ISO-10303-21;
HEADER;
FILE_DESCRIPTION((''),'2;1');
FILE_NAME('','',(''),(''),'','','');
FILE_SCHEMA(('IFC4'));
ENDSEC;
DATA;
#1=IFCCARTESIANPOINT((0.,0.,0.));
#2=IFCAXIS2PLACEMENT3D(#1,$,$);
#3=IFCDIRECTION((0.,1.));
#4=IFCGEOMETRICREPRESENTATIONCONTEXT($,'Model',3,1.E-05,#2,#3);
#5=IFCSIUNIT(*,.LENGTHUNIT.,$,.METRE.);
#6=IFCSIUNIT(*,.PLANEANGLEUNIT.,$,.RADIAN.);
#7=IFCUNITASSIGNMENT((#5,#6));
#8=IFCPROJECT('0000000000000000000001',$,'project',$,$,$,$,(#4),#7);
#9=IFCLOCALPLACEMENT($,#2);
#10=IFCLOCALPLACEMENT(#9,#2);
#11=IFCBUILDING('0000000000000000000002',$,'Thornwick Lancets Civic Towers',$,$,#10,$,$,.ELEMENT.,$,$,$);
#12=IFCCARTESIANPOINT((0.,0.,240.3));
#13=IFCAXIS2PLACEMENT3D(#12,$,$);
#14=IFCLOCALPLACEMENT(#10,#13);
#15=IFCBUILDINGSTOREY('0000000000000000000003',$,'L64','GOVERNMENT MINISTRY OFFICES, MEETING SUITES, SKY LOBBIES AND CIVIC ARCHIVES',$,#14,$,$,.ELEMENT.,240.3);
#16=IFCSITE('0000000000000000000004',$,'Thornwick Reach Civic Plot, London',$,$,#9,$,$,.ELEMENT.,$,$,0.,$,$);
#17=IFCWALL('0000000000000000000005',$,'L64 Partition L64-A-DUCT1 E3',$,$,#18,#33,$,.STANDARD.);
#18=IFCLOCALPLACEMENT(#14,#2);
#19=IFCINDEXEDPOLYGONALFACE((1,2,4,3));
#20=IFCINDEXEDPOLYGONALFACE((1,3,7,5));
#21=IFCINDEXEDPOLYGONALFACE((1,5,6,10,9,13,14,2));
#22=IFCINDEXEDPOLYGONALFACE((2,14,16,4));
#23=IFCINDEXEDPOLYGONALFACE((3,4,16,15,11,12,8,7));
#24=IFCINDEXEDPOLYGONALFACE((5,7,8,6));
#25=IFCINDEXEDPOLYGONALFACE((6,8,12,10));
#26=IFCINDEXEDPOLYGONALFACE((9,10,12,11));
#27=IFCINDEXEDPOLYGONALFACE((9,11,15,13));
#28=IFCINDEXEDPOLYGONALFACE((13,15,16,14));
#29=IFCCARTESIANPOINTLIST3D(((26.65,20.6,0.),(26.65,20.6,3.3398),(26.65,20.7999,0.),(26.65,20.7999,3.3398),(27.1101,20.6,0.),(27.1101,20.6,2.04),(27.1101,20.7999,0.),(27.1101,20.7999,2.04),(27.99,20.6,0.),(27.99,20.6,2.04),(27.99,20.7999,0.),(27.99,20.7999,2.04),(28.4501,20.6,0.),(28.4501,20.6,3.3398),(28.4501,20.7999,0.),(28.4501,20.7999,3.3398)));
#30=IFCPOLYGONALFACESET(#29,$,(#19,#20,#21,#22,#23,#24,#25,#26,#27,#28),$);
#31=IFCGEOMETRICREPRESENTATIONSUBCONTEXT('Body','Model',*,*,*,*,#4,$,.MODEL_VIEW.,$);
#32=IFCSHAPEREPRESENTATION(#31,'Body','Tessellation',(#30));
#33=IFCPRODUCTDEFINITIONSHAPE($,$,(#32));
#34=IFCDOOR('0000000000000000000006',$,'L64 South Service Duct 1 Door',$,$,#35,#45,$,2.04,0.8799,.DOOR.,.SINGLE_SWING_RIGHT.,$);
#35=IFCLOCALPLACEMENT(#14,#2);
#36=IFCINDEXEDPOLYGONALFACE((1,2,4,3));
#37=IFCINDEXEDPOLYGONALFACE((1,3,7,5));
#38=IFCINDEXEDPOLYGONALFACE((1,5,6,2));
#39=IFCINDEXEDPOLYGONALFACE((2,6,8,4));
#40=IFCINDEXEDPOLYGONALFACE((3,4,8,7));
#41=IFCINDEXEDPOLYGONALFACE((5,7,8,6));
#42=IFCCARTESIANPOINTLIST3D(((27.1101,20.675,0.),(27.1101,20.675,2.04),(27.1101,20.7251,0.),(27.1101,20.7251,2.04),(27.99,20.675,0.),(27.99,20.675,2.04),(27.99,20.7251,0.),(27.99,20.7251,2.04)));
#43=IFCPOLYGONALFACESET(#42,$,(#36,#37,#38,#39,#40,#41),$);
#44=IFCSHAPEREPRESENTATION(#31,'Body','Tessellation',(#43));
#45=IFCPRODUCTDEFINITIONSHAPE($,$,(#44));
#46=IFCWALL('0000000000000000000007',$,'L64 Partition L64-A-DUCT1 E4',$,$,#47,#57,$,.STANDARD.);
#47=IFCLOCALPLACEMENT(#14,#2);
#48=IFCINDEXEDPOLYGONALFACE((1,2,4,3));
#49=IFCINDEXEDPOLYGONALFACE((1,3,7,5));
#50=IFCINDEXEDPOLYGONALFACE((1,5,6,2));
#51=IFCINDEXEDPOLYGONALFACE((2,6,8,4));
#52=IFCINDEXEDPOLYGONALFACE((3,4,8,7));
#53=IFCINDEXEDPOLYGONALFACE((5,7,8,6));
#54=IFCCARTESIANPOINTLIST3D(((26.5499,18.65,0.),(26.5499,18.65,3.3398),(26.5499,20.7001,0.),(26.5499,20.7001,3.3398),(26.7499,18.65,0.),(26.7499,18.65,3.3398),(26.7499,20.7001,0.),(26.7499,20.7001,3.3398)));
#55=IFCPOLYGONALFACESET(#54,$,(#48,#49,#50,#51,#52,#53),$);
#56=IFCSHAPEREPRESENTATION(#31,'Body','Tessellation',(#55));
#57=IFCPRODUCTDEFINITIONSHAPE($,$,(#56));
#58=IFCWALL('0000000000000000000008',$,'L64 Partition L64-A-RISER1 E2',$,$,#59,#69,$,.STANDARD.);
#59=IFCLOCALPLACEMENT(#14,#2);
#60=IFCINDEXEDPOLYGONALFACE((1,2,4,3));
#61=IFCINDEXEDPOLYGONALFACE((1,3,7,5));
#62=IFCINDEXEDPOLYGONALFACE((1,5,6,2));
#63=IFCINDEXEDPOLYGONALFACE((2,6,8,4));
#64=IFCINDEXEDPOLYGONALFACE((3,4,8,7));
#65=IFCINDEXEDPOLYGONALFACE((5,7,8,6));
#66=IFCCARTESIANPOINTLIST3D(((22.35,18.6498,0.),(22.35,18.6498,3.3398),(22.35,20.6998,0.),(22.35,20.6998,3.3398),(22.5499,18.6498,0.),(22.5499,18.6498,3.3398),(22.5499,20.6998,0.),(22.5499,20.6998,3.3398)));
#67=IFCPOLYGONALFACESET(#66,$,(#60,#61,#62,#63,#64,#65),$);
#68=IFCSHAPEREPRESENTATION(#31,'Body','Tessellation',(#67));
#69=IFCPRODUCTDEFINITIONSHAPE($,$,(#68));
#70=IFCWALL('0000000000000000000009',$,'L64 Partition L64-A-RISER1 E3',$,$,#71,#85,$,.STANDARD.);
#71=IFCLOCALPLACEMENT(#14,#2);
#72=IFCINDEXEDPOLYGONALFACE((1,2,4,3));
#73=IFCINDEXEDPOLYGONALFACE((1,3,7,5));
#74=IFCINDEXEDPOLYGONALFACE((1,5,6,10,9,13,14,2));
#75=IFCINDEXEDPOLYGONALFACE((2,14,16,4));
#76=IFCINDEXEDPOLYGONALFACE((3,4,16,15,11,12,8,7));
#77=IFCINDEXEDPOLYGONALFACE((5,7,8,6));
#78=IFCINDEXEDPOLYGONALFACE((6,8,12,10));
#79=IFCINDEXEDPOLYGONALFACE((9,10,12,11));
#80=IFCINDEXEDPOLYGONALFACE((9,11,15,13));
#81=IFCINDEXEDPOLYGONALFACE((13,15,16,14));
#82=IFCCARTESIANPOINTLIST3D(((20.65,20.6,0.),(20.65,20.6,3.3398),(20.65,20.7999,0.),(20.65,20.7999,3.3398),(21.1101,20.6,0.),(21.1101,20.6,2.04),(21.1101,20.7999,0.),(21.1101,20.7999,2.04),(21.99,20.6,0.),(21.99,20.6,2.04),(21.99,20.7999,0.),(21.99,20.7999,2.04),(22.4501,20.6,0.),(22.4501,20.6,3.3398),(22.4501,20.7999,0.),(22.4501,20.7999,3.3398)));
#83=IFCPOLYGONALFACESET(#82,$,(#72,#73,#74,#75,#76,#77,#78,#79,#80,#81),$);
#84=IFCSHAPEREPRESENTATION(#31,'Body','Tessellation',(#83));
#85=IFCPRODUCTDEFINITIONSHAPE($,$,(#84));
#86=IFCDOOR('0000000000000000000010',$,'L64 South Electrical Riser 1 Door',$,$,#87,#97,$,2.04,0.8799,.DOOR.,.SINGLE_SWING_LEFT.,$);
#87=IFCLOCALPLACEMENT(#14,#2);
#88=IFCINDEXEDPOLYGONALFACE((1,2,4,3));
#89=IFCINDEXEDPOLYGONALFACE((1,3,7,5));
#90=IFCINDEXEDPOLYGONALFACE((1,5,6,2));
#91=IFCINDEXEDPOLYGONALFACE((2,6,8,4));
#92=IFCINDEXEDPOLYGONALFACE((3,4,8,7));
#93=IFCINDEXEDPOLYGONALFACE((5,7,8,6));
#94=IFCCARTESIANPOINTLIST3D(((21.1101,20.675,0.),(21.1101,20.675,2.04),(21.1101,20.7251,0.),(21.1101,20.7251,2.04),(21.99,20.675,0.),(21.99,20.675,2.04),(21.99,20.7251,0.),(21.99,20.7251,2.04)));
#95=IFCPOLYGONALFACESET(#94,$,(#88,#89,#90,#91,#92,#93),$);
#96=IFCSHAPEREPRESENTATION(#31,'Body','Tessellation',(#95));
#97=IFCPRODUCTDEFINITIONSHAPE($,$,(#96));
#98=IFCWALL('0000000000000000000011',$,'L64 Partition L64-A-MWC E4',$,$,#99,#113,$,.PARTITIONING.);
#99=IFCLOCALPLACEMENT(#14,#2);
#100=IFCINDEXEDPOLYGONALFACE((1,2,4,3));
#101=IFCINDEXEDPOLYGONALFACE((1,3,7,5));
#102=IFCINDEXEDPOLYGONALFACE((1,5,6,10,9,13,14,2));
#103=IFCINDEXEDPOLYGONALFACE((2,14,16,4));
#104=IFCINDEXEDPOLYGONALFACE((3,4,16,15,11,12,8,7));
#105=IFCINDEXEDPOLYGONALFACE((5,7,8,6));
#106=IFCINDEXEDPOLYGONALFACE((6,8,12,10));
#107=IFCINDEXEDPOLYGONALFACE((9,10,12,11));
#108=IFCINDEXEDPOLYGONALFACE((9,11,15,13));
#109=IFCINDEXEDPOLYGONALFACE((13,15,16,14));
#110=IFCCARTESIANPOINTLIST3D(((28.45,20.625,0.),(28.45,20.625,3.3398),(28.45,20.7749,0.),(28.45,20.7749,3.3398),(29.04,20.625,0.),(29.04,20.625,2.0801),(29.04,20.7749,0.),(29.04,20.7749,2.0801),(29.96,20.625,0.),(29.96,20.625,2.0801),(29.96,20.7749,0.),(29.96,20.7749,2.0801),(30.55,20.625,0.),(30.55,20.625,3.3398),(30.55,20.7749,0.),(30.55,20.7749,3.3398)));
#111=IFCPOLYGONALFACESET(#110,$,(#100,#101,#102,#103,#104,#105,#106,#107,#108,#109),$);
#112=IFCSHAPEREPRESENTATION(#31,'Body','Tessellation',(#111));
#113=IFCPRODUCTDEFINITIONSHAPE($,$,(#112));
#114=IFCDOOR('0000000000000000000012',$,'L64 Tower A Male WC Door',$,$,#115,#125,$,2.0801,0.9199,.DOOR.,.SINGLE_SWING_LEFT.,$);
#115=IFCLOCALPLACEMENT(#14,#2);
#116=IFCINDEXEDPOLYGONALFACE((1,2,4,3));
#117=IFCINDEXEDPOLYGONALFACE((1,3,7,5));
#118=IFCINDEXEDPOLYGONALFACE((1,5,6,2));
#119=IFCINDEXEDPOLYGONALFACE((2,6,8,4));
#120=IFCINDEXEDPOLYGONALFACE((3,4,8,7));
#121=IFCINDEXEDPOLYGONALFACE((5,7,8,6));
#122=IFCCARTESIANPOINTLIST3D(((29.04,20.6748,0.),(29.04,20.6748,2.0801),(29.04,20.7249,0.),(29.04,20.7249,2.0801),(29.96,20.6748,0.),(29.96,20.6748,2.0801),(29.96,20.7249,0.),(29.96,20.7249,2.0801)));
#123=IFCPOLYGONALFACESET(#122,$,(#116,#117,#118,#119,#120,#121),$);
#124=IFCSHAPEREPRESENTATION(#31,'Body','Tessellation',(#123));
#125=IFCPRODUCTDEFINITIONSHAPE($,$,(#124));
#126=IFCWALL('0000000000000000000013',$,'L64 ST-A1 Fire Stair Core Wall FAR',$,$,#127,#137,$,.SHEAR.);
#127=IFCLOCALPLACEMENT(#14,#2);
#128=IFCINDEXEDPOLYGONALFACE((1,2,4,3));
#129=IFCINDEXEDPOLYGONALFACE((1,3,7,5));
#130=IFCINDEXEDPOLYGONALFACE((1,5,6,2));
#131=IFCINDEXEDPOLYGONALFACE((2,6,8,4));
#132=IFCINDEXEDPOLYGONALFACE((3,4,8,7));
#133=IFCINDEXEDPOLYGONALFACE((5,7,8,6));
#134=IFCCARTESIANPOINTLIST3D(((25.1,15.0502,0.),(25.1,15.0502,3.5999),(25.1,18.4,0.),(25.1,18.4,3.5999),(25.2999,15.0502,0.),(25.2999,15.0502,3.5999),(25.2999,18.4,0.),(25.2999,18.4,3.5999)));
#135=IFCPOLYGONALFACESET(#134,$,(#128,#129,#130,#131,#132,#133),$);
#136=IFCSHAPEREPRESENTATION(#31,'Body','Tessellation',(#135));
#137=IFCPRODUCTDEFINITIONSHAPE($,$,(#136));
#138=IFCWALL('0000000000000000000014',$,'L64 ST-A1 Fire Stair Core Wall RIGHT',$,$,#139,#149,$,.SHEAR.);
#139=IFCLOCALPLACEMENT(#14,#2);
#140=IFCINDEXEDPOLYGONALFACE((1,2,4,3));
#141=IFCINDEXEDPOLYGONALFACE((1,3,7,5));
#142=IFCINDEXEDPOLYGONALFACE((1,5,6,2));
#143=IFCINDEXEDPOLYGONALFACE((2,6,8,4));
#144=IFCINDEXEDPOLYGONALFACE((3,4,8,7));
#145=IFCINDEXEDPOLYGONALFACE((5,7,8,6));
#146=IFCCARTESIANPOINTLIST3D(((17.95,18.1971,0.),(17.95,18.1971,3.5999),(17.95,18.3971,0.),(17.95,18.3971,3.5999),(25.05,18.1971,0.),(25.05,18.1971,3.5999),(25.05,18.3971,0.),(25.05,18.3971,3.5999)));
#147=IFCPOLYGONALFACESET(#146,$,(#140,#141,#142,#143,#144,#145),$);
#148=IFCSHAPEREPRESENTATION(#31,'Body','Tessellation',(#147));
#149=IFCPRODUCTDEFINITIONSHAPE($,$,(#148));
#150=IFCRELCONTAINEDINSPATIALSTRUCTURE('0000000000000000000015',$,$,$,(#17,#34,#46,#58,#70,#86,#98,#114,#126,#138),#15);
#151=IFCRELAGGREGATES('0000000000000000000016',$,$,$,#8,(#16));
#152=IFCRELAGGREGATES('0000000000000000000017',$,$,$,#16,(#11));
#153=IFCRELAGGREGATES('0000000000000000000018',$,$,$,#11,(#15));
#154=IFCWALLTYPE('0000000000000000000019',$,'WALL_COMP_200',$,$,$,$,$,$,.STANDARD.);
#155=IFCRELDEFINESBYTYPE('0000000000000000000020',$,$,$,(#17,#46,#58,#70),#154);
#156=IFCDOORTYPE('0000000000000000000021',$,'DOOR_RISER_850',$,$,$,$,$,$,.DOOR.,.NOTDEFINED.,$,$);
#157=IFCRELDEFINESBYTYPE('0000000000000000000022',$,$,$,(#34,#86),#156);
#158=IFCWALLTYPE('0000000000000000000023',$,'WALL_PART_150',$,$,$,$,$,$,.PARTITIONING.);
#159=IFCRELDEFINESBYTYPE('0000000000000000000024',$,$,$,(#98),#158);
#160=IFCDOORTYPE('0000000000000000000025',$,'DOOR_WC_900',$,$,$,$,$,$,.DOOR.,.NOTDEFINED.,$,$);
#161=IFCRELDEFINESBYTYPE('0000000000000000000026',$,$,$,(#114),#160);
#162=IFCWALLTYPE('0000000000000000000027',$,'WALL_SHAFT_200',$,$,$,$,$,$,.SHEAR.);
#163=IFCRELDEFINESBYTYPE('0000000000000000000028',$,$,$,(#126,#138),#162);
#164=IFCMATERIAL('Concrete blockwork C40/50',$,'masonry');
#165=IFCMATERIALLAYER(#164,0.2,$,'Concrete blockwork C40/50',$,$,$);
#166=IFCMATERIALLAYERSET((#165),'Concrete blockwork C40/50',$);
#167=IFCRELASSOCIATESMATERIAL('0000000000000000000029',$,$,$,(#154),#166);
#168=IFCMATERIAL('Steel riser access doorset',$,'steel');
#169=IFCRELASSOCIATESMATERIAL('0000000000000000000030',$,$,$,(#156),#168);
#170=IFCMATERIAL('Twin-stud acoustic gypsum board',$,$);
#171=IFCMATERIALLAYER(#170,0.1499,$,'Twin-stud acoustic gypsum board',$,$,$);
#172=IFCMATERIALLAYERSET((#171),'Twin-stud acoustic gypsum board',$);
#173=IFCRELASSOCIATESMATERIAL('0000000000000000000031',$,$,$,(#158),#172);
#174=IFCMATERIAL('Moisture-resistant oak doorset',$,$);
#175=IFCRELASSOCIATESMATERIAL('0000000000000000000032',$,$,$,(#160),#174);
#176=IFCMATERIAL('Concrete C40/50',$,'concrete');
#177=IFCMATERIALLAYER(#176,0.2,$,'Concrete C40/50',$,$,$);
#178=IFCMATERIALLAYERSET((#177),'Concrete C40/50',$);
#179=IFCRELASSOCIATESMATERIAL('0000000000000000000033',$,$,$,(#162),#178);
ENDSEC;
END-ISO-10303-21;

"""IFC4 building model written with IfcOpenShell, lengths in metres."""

from ifc_helpers import new_model, si_unit, direction, frame, frame_2d, origin, place, context, subcontext, project, spatial, rectangle, extrude, material, layer, layer_set, type_object, element, fill, save


model = new_model("IFC4")

# Units and contexts
model_context = context("Model", 3, precision=1e-05, world=origin(), true_north=direction((0.0, 1.0)))
body_context = subcontext(model_context, "Body", "Model", "MODEL_VIEW")
ifc_project = project(units=[si_unit("LENGTHUNIT", "METRE"), si_unit("PLANEANGLEUNIT", "RADIAN")], contexts=[model_context])

# Site, building, storey
site_placement = place(None, origin())
site = spatial("IfcSite", under=ifc_project, at=site_placement, Name="Thornwick Reach Civic Plot, London", CompositionType="ELEMENT", RefElevation=0.0)
building_placement = place(site_placement, origin())
building = spatial("IfcBuilding", under=site, at=building_placement, Name="Thornwick Lancets Civic Towers", CompositionType="ELEMENT")
storey_placement = place(building_placement, frame((0.0, 0.0, 240.3)))
storey = spatial("IfcBuildingStorey", under=building, at=storey_placement, Name="L64", Description="GOVERNMENT MINISTRY OFFICES, MEETING SUITES, SKY LOBBIES AND CIVIC ARCHIVES", CompositionType="ELEMENT", Elevation=240.3)

# Shared definitions
ifc_material_1 = material(Name="Concrete C40/50", Category="concrete")

# Shared definitions
ifc_material_2 = material(Name="Concrete blockwork C40/50", Category="masonry")
ifc_layer_1 = layer(ifc_material_2, 0.2, Name="Concrete blockwork C40/50")
ifc_layer_set_1 = layer_set([ifc_layer_1], Name="Concrete blockwork C40/50")
wall_type_1 = type_object("IfcWallType", Name="WALL_COMP_200", PredefinedType="STANDARD", material=ifc_layer_set_1)

# Wall, opening, door
wall_1_placement = place(storey_placement, frame((28.45, 20.7, 0.0), z_axis=(0.0, 0.0, 1.0), x_axis=(-1.0, 0.0, 0.0)))
wall_1 = element("IfcWall", 1, at=wall_1_placement, inside=storey, type_object=wall_type_1, Name="L64 Partition L64-A-DUCT1 E3", PredefinedType="STANDARD", context=body_context, shape_type="SweptSolid", body=[
    extrude(rectangle(XDim=1.8, YDim=0.2, at=frame_2d((0.8999, 0.0))), origin(), (0.0, 0.0, 1.0), 3.3398),
])
opening_1_placement = place(wall_1_placement, frame((0.46, 0.0, 0.0)))
opening_1 = element("IfcOpeningElement", 2, at=opening_1_placement, cuts=wall_1, PredefinedType="OPENING", context=body_context, shape_type="SweptSolid", body=[
    extrude(rectangle(XDim=0.8799, YDim=2.04, at=frame_2d((0.4399, 1.02))), frame((0.0, 0.1099, 0.0), z_axis=(0.0, -1.0, 0.0), x_axis=(1.0, 0.0, 0.0)), (0.0, 0.0, 1.0), 0.22),
])
ifc_material_3 = material(Name="Steel riser access doorset", Category="steel")
door_type_1 = type_object("IfcDoorType", Name="DOOR_RISER_850", OperationType="NOTDEFINED", PredefinedType="DOOR", material=ifc_material_3)
door_1_placement = place(opening_1_placement, origin())
door_1 = element("IfcDoor", 3, at=door_1_placement, inside=storey, type_object=door_type_1, Name="L64 South Service Duct 1 Door", OperationType="SINGLE_SWING_RIGHT", OverallHeight=2.04, OverallWidth=0.8799, PredefinedType="DOOR", context=body_context, shape_type="SweptSolid", body=[
    extrude(rectangle(XDim=0.8799, YDim=2.04, at=frame_2d((0.4399, 1.02))), frame((0.0, 0.0249, 0.0), z_axis=(0.0, -1.0, 0.0), x_axis=(1.0, 0.0, 0.0)), (0.0, 0.0, 1.0), 0.05),
])
fill(opening_1, door_1)

# Walls
for number, where, z_axis, x_axis, name in (
    (4, (26.6499, 20.7, 0.0), (0.0, 0.0, 1.0), (0.0, -1.0, 0.0), "L64 Partition L64-A-DUCT1 E4"),
    (5, (22.45, 18.6499, 0.0), (0.0, 0.0, 1.0), (0.0, 1.0, 0.0), "L64 Partition L64-A-RISER1 E2"),
):
    element("IfcWall", number, at=place(storey_placement, frame(where, z_axis=z_axis, x_axis=x_axis)), inside=storey, type_object=wall_type_1, Name=name, PredefinedType="STANDARD", context=body_context, shape_type="SweptSolid", body=[
        extrude(rectangle(XDim=2.05, YDim=0.2, at=frame_2d((1.0249, 0.0))), origin(), (0.0, 0.0, 1.0), 3.3398),
    ])

# Walls, openings, doors
wall_2_placement = place(storey_placement, frame((22.45, 20.7, 0.0), z_axis=(0.0, 0.0, 1.0), x_axis=(-1.0, 0.0, 0.0)))
wall_2 = element("IfcWall", 6, at=wall_2_placement, inside=storey, type_object=wall_type_1, Name="L64 Partition L64-A-RISER1 E3", PredefinedType="STANDARD", context=body_context, shape_type="SweptSolid", body=[
    extrude(rectangle(XDim=1.8, YDim=0.2, at=frame_2d((0.8999, 0.0))), origin(), (0.0, 0.0, 1.0), 3.3398),
])
opening_2_placement = place(wall_2_placement, frame((0.46, 0.0, 0.0)))
opening_2 = element("IfcOpeningElement", 7, at=opening_2_placement, cuts=wall_2, PredefinedType="OPENING", context=body_context, shape_type="SweptSolid", body=[
    extrude(rectangle(XDim=0.8799, YDim=2.04, at=frame_2d((0.4399, 1.02))), frame((0.0, 0.1099, 0.0), z_axis=(0.0, -1.0, 0.0), x_axis=(1.0, 0.0, 0.0)), (0.0, 0.0, 1.0), 0.22),
])
door_2_placement = place(opening_2_placement, origin())
door_2 = element("IfcDoor", 8, at=door_2_placement, inside=storey, type_object=door_type_1, Name="L64 South Electrical Riser 1 Door", OperationType="SINGLE_SWING_LEFT", OverallHeight=2.04, OverallWidth=0.8799, PredefinedType="DOOR", context=body_context, shape_type="SweptSolid", body=[
    extrude(rectangle(XDim=0.8799, YDim=2.04, at=frame_2d((0.4399, 1.02))), frame((0.0, 0.0249, 0.0), z_axis=(0.0, -1.0, 0.0), x_axis=(1.0, 0.0, 0.0)), (0.0, 0.0, 1.0), 0.05),
])
fill(opening_2, door_2)
ifc_material_4 = material(Name="Twin-stud acoustic gypsum board")
ifc_layer_2 = layer(ifc_material_4, 0.1499, Name="Twin-stud acoustic gypsum board")
ifc_layer_set_2 = layer_set([ifc_layer_2], Name="Twin-stud acoustic gypsum board")
wall_type_2 = type_object("IfcWallType", Name="WALL_PART_150", PredefinedType="PARTITIONING", material=ifc_layer_set_2)
wall_3_placement = place(storey_placement, frame((28.45, 20.7, 0.0), z_axis=(0.0, 0.0, 1.0), x_axis=(1.0, 0.0, 0.0)))
wall_3 = element("IfcWall", 9, at=wall_3_placement, inside=storey, type_object=wall_type_2, Name="L64 Partition L64-A-MWC E4", PredefinedType="PARTITIONING", context=body_context, shape_type="SweptSolid", body=[
    extrude(rectangle(XDim=2.1001, YDim=0.1499, at=frame_2d((1.05, 0.0))), origin(), (0.0, 0.0, 1.0), 3.3398),
])
opening_3_placement = place(wall_3_placement, frame((0.5901, 0.0, 0.0)))
opening_3 = element("IfcOpeningElement", 10, at=opening_3_placement, cuts=wall_3, PredefinedType="OPENING", context=body_context, shape_type="SweptSolid", body=[
    extrude(rectangle(XDim=0.9199, YDim=2.0801, at=frame_2d((0.46, 1.04))), frame((0.0, 0.085, 0.0), z_axis=(0.0, -1.0, 0.0), x_axis=(1.0, 0.0, 0.0)), (0.0, 0.0, 1.0), 0.1699),
])
ifc_material_5 = material(Name="Moisture-resistant oak doorset")
door_type_2 = type_object("IfcDoorType", Name="DOOR_WC_900", OperationType="NOTDEFINED", PredefinedType="DOOR", material=ifc_material_5)
door_3_placement = place(opening_3_placement, origin())
door_3 = element("IfcDoor", 11, at=door_3_placement, inside=storey, type_object=door_type_2, Name="L64 Tower A Male WC Door", OperationType="SINGLE_SWING_LEFT", OverallHeight=2.0801, OverallWidth=0.9199, PredefinedType="DOOR", context=body_context, shape_type="SweptSolid", body=[
    extrude(rectangle(XDim=0.9199, YDim=2.0801, at=frame_2d((0.46, 1.04))), frame((0.0, 0.0249, 0.0), z_axis=(0.0, -1.0, 0.0), x_axis=(1.0, 0.0, 0.0)), (0.0, 0.0, 1.0), 0.05),
])
fill(opening_3, door_3)

# Walls
ifc_layer_3 = layer(ifc_material_1, 0.2, Name="Concrete C40/50")
ifc_layer_set_3 = layer_set([ifc_layer_3], Name="Concrete C40/50")
wall_type_3 = type_object("IfcWallType", Name="WALL_SHAFT_200", PredefinedType="SHEAR", material=ifc_layer_set_3)
wall_4_placement = place(storey_placement, frame((25.2, 18.3999, 0.0), z_axis=(0.0, 0.0, 1.0), x_axis=(0.0, -1.0, 0.0)))
element("IfcWall", 12, at=wall_4_placement, inside=storey, type_object=wall_type_3, Name="L64 ST-A1 Fire Stair Core Wall FAR", PredefinedType="SHEAR", context=body_context, shape_type="SweptSolid", body=[
    extrude(rectangle(XDim=3.3499, YDim=0.2, at=frame_2d((1.6748, 0.0))), origin(), (0.0, 0.0, 1.0), 3.5999),
])
wall_5_placement = place(storey_placement, frame((25.05, 18.2971, 0.0), z_axis=(0.0, 0.0, 1.0), x_axis=(-1.0, 0.0, 0.0)))
element("IfcWall", 13, at=wall_5_placement, inside=storey, type_object=wall_type_3, Name="L64 ST-A1 Fire Stair Core Wall RIGHT", PredefinedType="SHEAR", context=body_context, shape_type="SweptSolid", body=[
    extrude(rectangle(XDim=7.1001, YDim=0.2, at=frame_2d((3.55, 0.0))), origin(), (0.0, 0.0, 1.0), 3.5999),
])

save(model, "model.ifc")
